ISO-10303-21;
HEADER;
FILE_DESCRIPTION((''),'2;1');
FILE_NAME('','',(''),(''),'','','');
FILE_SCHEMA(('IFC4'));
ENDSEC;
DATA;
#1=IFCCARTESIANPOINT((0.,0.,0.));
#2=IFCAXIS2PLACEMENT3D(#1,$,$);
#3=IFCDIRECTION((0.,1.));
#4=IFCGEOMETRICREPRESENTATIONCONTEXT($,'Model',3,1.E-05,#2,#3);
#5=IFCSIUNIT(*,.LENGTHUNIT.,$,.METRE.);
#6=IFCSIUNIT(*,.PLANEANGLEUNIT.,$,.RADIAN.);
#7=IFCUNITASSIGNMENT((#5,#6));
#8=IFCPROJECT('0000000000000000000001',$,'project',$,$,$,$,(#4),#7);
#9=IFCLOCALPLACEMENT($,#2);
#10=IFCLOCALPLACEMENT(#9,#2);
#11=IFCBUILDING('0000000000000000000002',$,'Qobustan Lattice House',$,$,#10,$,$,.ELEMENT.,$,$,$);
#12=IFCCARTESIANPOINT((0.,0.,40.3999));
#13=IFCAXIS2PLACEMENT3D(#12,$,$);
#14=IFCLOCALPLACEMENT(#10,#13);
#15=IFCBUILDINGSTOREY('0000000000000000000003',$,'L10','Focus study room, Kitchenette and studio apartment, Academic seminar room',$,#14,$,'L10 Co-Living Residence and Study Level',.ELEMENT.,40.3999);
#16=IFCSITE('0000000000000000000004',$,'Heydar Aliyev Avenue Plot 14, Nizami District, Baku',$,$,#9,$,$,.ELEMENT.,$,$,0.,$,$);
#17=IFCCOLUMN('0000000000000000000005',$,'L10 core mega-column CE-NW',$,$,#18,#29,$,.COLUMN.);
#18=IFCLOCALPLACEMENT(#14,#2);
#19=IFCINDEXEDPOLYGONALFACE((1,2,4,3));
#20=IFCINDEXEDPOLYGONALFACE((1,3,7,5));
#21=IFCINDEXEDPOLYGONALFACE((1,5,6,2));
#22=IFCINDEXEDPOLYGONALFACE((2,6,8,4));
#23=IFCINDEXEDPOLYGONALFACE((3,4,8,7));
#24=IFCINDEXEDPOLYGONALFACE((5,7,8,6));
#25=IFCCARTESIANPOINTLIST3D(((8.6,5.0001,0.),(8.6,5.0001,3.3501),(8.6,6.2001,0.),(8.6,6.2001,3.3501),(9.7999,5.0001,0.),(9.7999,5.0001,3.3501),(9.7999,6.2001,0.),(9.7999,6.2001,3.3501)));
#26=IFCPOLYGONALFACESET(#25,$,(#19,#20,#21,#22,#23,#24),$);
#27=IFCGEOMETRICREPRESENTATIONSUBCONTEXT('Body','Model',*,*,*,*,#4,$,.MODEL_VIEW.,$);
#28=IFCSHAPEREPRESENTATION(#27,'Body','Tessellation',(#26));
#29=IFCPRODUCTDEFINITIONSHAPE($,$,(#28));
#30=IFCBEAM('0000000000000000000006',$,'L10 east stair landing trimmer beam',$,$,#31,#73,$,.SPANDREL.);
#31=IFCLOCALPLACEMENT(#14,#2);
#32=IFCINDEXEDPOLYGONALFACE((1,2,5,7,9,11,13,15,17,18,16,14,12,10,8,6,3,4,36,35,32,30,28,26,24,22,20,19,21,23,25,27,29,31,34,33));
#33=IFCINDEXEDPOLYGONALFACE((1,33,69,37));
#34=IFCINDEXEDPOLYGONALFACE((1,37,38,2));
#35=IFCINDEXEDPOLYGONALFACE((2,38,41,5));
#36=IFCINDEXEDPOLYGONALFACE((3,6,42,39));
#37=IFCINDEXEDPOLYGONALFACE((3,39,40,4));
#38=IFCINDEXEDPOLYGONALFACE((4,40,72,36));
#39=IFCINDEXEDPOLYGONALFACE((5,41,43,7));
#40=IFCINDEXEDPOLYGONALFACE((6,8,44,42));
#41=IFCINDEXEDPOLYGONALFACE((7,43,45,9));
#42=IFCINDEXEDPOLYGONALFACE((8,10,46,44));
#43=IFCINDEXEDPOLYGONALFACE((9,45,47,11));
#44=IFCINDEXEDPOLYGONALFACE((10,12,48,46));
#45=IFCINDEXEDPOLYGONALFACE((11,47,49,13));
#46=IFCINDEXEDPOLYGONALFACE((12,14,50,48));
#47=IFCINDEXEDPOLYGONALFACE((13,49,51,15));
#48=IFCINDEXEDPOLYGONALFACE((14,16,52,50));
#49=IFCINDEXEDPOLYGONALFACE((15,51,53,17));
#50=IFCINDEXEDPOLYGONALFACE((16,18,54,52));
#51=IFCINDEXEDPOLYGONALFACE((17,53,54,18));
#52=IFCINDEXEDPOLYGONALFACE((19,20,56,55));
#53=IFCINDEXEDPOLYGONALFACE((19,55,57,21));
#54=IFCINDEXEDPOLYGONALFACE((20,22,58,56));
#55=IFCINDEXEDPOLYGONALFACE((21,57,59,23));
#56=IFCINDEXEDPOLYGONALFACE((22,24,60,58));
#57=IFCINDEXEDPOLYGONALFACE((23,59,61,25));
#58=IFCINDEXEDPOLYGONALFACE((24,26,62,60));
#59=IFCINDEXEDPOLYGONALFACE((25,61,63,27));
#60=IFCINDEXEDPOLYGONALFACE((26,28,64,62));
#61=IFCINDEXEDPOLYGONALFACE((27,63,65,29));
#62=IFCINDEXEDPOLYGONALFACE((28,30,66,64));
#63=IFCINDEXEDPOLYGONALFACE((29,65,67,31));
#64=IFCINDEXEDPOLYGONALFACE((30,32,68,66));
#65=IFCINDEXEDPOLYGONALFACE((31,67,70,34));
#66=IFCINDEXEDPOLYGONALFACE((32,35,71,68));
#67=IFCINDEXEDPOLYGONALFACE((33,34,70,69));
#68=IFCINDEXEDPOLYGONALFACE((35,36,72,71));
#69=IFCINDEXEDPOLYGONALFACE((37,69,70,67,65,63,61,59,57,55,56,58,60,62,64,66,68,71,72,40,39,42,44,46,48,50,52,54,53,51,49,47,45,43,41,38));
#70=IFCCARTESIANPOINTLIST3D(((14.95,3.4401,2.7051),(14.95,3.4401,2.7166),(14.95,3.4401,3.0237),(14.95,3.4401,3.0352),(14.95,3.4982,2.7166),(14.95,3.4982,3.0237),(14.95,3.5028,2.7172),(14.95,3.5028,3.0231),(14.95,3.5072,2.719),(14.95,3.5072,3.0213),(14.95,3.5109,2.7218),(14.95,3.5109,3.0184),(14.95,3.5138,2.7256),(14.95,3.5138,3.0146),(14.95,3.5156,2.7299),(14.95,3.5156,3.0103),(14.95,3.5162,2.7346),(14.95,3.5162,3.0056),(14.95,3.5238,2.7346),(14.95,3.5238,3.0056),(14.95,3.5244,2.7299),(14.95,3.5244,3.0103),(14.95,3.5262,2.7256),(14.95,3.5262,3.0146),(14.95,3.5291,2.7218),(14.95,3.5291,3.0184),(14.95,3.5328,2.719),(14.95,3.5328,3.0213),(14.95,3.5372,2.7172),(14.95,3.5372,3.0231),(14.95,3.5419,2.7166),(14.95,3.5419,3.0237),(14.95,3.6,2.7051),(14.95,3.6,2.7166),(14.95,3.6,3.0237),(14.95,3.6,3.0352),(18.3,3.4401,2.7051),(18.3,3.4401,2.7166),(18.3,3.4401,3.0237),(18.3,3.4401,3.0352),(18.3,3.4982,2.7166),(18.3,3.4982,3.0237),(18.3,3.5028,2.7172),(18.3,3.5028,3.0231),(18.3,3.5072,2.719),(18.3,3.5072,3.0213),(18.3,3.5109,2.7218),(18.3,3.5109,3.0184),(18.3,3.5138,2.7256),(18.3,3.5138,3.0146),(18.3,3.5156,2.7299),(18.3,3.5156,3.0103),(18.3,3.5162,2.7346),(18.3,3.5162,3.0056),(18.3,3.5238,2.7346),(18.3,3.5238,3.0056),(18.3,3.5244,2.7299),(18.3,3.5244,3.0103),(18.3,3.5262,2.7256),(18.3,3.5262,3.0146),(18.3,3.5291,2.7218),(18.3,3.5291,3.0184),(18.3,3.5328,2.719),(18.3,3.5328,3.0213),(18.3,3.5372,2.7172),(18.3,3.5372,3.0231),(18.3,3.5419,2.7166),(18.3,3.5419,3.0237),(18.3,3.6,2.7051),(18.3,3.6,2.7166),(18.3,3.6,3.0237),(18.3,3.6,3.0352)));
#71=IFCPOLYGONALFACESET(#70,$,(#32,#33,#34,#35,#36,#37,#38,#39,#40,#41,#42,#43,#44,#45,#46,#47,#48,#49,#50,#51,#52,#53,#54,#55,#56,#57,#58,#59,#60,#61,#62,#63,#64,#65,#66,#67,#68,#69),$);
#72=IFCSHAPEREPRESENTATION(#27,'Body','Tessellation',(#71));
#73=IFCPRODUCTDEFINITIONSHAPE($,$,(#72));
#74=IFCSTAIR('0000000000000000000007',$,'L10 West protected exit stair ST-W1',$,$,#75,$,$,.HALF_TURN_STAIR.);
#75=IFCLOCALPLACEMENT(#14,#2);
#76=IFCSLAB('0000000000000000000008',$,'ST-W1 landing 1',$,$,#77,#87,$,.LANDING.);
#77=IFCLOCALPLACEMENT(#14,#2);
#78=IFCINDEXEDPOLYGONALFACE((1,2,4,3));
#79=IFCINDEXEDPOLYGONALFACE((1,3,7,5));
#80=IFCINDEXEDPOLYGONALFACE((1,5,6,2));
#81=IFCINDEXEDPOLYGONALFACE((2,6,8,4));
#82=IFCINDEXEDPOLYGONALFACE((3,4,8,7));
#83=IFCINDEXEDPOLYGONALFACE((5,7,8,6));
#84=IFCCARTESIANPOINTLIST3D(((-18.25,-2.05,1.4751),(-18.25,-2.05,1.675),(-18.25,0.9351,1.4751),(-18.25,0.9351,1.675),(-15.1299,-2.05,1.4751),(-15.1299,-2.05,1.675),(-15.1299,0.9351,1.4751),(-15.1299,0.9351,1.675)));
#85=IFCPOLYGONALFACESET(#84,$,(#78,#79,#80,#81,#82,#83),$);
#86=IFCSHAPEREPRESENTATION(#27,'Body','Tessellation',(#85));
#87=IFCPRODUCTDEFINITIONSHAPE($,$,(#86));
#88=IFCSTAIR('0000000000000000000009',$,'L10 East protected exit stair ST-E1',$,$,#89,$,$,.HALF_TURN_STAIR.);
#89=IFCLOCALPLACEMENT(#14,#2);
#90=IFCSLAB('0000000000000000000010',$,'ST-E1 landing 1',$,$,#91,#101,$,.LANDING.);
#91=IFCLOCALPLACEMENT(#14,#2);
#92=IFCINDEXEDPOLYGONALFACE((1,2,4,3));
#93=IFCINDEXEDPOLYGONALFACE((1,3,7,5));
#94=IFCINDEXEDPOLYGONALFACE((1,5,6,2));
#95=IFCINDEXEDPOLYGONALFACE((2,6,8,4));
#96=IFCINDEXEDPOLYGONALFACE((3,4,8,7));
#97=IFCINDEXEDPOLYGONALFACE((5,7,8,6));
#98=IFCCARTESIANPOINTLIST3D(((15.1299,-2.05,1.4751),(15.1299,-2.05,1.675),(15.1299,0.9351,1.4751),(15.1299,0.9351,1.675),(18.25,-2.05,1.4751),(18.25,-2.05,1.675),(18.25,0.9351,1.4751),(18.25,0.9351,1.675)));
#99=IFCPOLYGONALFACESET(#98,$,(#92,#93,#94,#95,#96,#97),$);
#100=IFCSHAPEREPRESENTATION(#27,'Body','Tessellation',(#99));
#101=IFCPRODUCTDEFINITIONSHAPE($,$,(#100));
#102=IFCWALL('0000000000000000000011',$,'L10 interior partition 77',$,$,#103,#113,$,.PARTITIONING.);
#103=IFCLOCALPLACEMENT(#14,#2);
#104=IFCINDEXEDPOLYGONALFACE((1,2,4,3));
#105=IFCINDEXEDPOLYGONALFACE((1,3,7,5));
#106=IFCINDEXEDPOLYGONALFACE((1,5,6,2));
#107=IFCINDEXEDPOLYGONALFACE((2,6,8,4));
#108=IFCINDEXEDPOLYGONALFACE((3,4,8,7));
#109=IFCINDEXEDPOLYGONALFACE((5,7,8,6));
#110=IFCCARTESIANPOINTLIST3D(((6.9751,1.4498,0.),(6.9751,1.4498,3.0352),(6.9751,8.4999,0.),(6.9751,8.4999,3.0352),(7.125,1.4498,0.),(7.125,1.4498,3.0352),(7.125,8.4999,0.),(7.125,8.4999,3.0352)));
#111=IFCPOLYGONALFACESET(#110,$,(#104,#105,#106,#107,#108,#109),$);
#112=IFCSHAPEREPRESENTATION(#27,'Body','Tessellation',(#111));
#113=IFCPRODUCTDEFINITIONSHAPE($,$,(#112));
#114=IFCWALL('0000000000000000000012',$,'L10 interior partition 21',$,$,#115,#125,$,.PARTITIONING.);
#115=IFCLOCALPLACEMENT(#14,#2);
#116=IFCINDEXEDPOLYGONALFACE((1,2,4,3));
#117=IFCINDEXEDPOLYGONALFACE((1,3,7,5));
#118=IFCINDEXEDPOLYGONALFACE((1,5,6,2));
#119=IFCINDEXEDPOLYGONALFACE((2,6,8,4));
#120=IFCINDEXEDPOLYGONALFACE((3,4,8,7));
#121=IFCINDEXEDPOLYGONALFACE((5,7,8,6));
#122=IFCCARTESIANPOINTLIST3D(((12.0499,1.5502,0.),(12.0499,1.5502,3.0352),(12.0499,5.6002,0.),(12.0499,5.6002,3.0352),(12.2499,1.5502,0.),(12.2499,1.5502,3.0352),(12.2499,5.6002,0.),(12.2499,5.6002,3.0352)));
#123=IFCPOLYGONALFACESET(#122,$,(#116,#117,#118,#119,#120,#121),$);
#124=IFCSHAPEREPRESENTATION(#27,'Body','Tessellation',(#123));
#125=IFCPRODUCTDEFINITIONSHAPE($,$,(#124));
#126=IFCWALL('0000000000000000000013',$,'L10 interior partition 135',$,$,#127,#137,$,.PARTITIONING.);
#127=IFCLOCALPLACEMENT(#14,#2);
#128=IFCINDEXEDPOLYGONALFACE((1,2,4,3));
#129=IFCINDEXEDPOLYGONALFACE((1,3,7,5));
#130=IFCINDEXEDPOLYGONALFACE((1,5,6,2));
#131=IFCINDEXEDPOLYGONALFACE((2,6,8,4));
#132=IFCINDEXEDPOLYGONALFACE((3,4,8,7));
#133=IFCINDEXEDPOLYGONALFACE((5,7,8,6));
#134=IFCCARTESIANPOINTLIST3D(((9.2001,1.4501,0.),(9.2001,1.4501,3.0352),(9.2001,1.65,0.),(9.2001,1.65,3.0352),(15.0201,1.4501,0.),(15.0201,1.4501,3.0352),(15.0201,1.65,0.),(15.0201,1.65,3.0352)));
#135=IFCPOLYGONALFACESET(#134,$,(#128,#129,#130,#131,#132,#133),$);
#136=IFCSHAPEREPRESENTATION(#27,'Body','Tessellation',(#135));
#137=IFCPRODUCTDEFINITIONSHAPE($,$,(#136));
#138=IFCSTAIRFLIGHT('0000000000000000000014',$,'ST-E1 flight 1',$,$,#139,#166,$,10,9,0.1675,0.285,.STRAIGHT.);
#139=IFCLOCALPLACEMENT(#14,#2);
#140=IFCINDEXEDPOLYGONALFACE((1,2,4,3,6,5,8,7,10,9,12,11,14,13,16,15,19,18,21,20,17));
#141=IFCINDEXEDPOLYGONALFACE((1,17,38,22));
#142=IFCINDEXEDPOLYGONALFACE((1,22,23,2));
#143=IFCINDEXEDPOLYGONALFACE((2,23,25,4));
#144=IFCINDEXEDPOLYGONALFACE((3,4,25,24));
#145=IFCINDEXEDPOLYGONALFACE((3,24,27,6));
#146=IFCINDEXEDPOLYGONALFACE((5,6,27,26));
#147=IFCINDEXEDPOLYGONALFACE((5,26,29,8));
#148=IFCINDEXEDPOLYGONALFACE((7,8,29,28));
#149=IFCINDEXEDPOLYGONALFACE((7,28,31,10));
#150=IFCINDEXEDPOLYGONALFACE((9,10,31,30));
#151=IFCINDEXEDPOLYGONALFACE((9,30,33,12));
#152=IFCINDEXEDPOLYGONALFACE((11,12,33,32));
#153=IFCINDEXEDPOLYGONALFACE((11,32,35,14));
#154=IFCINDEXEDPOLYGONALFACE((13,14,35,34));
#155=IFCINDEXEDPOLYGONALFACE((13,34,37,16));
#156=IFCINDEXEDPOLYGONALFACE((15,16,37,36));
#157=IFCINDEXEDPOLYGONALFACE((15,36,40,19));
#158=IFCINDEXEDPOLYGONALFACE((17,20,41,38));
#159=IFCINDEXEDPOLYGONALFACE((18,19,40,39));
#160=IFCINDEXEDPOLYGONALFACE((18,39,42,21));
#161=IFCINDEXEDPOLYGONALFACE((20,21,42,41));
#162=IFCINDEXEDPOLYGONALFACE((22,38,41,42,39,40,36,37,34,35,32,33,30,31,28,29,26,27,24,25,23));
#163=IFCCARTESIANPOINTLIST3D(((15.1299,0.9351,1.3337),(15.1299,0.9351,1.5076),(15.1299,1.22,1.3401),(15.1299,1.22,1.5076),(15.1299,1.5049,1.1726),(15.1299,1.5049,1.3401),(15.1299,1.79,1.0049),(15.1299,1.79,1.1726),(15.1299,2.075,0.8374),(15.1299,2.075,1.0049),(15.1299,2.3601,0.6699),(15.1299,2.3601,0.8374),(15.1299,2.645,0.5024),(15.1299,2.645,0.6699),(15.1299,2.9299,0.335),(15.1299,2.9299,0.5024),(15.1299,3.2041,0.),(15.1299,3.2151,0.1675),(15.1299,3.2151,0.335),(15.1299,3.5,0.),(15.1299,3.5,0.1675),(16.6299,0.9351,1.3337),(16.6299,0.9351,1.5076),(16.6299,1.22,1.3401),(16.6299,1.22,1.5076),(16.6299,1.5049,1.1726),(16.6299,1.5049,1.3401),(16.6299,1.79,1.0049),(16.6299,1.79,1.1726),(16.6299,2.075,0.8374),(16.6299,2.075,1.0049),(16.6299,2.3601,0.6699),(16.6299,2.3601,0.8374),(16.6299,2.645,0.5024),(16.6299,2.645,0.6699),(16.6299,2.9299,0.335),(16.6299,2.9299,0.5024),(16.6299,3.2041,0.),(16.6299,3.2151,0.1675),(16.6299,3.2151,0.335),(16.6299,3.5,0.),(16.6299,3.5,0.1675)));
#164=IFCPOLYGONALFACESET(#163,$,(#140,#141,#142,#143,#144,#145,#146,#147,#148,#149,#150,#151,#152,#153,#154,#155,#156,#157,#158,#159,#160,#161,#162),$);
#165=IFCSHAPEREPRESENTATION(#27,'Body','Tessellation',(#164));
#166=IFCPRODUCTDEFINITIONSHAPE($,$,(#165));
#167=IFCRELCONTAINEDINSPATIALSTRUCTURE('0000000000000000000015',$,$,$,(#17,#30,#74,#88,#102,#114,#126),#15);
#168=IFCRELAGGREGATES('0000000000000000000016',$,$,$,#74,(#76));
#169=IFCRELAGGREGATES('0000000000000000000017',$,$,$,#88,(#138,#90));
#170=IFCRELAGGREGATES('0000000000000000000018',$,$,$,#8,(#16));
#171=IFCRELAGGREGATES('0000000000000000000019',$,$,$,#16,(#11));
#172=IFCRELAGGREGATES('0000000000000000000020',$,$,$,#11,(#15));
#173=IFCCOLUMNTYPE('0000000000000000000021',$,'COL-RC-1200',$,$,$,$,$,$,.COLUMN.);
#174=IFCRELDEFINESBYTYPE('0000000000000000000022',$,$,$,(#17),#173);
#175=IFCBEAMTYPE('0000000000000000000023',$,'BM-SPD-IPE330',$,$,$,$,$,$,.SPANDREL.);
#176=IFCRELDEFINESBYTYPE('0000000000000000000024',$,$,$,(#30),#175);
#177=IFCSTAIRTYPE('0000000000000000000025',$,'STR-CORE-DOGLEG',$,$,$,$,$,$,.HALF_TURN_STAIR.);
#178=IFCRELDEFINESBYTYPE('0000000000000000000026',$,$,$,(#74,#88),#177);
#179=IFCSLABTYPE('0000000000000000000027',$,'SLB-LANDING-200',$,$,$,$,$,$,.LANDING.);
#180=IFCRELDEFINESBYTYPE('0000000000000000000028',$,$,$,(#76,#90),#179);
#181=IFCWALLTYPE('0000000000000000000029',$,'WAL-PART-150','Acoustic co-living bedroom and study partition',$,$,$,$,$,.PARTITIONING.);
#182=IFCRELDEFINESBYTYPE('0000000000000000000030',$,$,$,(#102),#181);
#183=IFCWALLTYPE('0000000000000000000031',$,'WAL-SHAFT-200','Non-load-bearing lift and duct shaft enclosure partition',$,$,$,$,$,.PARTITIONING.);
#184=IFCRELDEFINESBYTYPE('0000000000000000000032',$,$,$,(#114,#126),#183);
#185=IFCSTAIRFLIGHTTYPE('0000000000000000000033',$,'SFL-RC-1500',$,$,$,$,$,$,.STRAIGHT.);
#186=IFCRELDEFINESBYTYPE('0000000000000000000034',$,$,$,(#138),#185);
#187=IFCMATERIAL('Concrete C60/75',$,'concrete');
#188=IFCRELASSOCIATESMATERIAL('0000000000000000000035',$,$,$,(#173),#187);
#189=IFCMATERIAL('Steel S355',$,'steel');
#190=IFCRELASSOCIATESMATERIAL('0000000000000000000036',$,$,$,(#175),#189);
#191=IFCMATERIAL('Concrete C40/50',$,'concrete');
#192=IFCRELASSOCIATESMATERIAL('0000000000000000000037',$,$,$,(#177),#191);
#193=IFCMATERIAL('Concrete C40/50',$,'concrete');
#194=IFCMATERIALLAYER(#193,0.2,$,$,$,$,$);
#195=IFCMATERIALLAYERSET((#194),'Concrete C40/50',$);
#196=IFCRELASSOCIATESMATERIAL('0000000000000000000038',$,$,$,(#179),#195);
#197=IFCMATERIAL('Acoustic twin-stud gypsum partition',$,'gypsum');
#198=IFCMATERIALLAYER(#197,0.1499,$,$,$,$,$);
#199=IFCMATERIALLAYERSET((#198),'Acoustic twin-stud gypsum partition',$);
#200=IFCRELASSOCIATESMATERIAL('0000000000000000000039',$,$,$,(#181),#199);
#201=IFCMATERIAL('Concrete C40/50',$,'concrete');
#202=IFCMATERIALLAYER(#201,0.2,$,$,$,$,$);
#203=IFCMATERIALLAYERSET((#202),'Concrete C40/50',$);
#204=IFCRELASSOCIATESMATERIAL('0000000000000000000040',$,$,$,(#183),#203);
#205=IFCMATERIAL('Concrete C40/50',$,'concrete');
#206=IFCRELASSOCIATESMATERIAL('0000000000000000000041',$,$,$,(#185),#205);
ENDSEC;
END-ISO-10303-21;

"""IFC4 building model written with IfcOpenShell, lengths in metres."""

from ifc_helpers import new_model, si_unit, direction, frame, frame_2d, origin, origin_2d, place, context, subcontext, project, spatial, polyline, rectangle, i_section, outline, extrude, material, layer, layer_set, material_profile, profile_set, type_object, element, aggregate, save


model = new_model("IFC4")

# Units and contexts
model_context = context("Model", 3, precision=1e-05, world=origin(), true_north=direction((0.0, 1.0)))
body_context = subcontext(model_context, "Body", "Model", "MODEL_VIEW")
ifc_project = project(units=[si_unit("LENGTHUNIT", "METRE"), si_unit("PLANEANGLEUNIT", "RADIAN")], contexts=[model_context])

# Site, building, storey
site_placement = place(None, origin())
site = spatial("IfcSite", under=ifc_project, at=site_placement, Name="Heydar Aliyev Avenue Plot 14, Nizami District, Baku", CompositionType="ELEMENT", RefElevation=0.0)
building_placement = place(site_placement, origin())
building = spatial("IfcBuilding", under=site, at=building_placement, Name="Qobustan Lattice House", CompositionType="ELEMENT")
storey_placement = place(building_placement, frame((0.0, 0.0, 40.3999)))
storey = spatial("IfcBuildingStorey", under=building, at=storey_placement, Name="L10", Description="Focus study room, Kitchenette and studio apartment, Academic seminar room", LongName="L10 Co-Living Residence and Study Level", CompositionType="ELEMENT", Elevation=40.3999)

# Column
ifc_material_1 = material(Name="Concrete C60/75", Category="concrete")
ifc_material_profile_1 = material_profile(ifc_material_1, rectangle(XDim=1.2, YDim=1.2, at=origin_2d()), Name="RC1200x1200")
ifc_profile_set_1 = profile_set([ifc_material_profile_1], Name="Concrete C60/75")
column_type = type_object("IfcColumnType", Name="COL-RC-1200", PredefinedType="COLUMN", material=ifc_profile_set_1)
column_placement = place(storey_placement, frame((9.2, 5.6001, 0.0), z_axis=(0.0, 0.0, 1.0), x_axis=(1.0, 0.0, 0.0)))
element("IfcColumn", 1, at=column_placement, inside=storey, type_object=column_type, Name="L10 core mega-column CE-NW", PredefinedType="COLUMN", context=body_context, shape_type="SweptSolid", body=[
    extrude(rectangle(XDim=1.2, YDim=1.2, at=origin_2d()), origin(), (0.0, 0.0, 1.0), 3.3501),
])

# Beam
ifc_material_2 = material(Name="Steel S355", Category="steel")
ifc_material_profile_2 = material_profile(ifc_material_2, i_section(OverallWidth=0.1599, OverallDepth=0.3301, WebThickness=0.0076, FlangeThickness=0.0115, FilletRadius=0.0181, at=origin_2d()), Name="IPE330")
ifc_profile_set_2 = profile_set([ifc_material_profile_2], Name="Steel S355")
beam_type = type_object("IfcBeamType", Name="BM-SPD-IPE330", PredefinedType="SPANDREL", material=ifc_profile_set_2)
beam_placement = place(storey_placement, frame((14.95, 3.52, 2.8701), z_axis=(1.0, 0.0, 0.0), x_axis=(0.0, 1.0, 0.0)))
element("IfcBeam", 2, at=beam_placement, inside=storey, type_object=beam_type, Name="L10 east stair landing trimmer beam", PredefinedType="SPANDREL", context=body_context, shape_type="SweptSolid", body=[
    extrude(i_section(OverallWidth=0.1599, OverallDepth=0.3301, WebThickness=0.0076, FlangeThickness=0.0115, FilletRadius=0.0181, at=origin_2d()), origin(), (0.0, 0.0, 1.0), 3.3501),
])

# Stairs, slabs
ifc_material_3 = material(Name="Concrete C40/50", Category="concrete")
stair_type = type_object("IfcStairType", Name="STR-CORE-DOGLEG", PredefinedType="HALF_TURN_STAIR", material=ifc_material_3)
stair_1_placement = place(storey_placement, origin())
stair_1 = element("IfcStair", 3, at=stair_1_placement, inside=storey, type_object=stair_type, Name="L10 West protected exit stair ST-W1", PredefinedType="HALF_TURN_STAIR")
ifc_material_4 = material(Name="Concrete C40/50", Category="concrete")
ifc_layer_1 = layer(ifc_material_4, 0.2)
ifc_layer_set_1 = layer_set([ifc_layer_1], Name="Concrete C40/50")
slab_type = type_object("IfcSlabType", Name="SLB-LANDING-200", PredefinedType="LANDING", material=ifc_layer_set_1)
slab_1_placement = place(storey_placement, frame((0.0, 0.0, 1.4751)))
slab_1 = element("IfcSlab", 4, at=slab_1_placement, type_object=slab_type, Name="ST-W1 landing 1", PredefinedType="LANDING", context=body_context, shape_type="SweptSolid", body=[
    extrude(outline(polyline([(-18.25, 0.9351), (-18.25, -2.05), (-15.1299, -2.05), (-15.1299, 0.9351), (-18.25, 0.9351)])), origin(), (0.0, 0.0, 1.0), 0.2),
])
aggregate(stair_1, [slab_1])
stair_2_placement = place(storey_placement, origin())
stair_2 = element("IfcStair", 5, at=stair_2_placement, inside=storey, type_object=stair_type, Name="L10 East protected exit stair ST-E1", PredefinedType="HALF_TURN_STAIR")
slab_2_placement = place(storey_placement, frame((0.0, 0.0, 1.4751)))
slab_2 = element("IfcSlab", 6, at=slab_2_placement, type_object=slab_type, Name="ST-E1 landing 1", PredefinedType="LANDING", context=body_context, shape_type="SweptSolid", body=[
    extrude(outline(polyline([(15.1299, 0.9351), (15.1299, -2.05), (18.25, -2.05), (18.25, 0.9351), (15.1299, 0.9351)])), origin(), (0.0, 0.0, 1.0), 0.2),
])

# Walls
ifc_material_5 = material(Name="Acoustic twin-stud gypsum partition", Category="gypsum")
ifc_layer_2 = layer(ifc_material_5, 0.1499)
ifc_layer_set_2 = layer_set([ifc_layer_2], Name="Acoustic twin-stud gypsum partition")
wall_type_1 = type_object("IfcWallType", Name="WAL-PART-150", Description="Acoustic co-living bedroom and study partition", PredefinedType="PARTITIONING", material=ifc_layer_set_2)
wall_1_placement = place(storey_placement, frame((7.05, 1.45, 0.0), z_axis=(0.0, 0.0, 1.0), x_axis=(0.0, 1.0, 0.0)))
element("IfcWall", 7, at=wall_1_placement, inside=storey, type_object=wall_type_1, Name="L10 interior partition 77", PredefinedType="PARTITIONING", context=body_context, shape_type="SweptSolid", body=[
    extrude(rectangle(XDim=7.05, YDim=0.1499, at=frame_2d((3.5249, 0.0))), origin(), (0.0, 0.0, 1.0), 3.0352),
])
ifc_material_6 = material(Name="Concrete C40/50", Category="concrete")
ifc_layer_3 = layer(ifc_material_6, 0.2)
ifc_layer_set_3 = layer_set([ifc_layer_3], Name="Concrete C40/50")
wall_type_2 = type_object("IfcWallType", Name="WAL-SHAFT-200", Description="Non-load-bearing lift and duct shaft enclosure partition", PredefinedType="PARTITIONING", material=ifc_layer_set_3)
wall_2_placement = place(storey_placement, frame((12.1499, 5.6001, 0.0), z_axis=(0.0, 0.0, 1.0), x_axis=(0.0, -1.0, 0.0)))
element("IfcWall", 8, at=wall_2_placement, inside=storey, type_object=wall_type_2, Name="L10 interior partition 21", PredefinedType="PARTITIONING", context=body_context, shape_type="SweptSolid", body=[
    extrude(rectangle(XDim=4.05, YDim=0.2, at=frame_2d((2.0249, 0.0))), origin(), (0.0, 0.0, 1.0), 3.0352),
])
wall_3_placement = place(storey_placement, frame((9.2, 1.55, 0.0), z_axis=(0.0, 0.0, 1.0), x_axis=(1.0, 0.0, 0.0)))
element("IfcWall", 9, at=wall_3_placement, inside=storey, type_object=wall_type_2, Name="L10 interior partition 135", PredefinedType="PARTITIONING", context=body_context, shape_type="SweptSolid", body=[
    extrude(rectangle(XDim=5.8201, YDim=0.2, at=frame_2d((2.9102, 0.0))), origin(), (0.0, 0.0, 1.0), 3.0352),
])

# Stair flight
ifc_material_7 = material(Name="Concrete C40/50", Category="concrete")
stair_flight_type = type_object("IfcStairFlightType", Name="SFL-RC-1500", PredefinedType="STRAIGHT", material=ifc_material_7)
stair_flight_1_placement = place(storey_placement, frame((15.8799, 3.5, 0.0), z_axis=(0.0, 0.0, 1.0), x_axis=(0.0, -1.0, 0.0)))
stair_flight_1 = element("IfcStairFlight", 10, at=stair_flight_1_placement, type_object=stair_flight_type, Name="ST-E1 flight 1", NumberOfRisers=10, NumberOfTreads=9, PredefinedType="STRAIGHT", RiserHeight=0.1675, TreadLength=0.285, context=body_context, shape_type="SweptSolid", body=[
    extrude(outline(polyline([(0.0, 0.0), (0.0, 0.1675), (0.2849, 0.1675), (0.2849, 0.335), (0.5701, 0.335), (0.5701, 0.5024), (0.855, 0.5024), (0.855, 0.6699), (1.1399, 0.6699), (1.1399, 0.8374), (1.425, 0.8374), (1.425, 1.0049), (1.71, 1.0049), (1.71, 1.1726), (1.9951, 1.1726), (1.9951, 1.3401), (2.28, 1.3401), (2.28, 1.5076), (2.5649, 1.5076), (2.5649, 1.675), (2.5649, 1.3337), (0.2959, 0.0), (0.0, 0.0)])), frame((0.0, 0.75, 0.0), z_axis=(0.0, -1.0, 0.0), x_axis=(1.0, 0.0, 0.0)), (0.0, 0.0, 1.0), 1.5),
])
aggregate(stair_2, [stair_flight_1, slab_2])

save(model, "model.ifc")
